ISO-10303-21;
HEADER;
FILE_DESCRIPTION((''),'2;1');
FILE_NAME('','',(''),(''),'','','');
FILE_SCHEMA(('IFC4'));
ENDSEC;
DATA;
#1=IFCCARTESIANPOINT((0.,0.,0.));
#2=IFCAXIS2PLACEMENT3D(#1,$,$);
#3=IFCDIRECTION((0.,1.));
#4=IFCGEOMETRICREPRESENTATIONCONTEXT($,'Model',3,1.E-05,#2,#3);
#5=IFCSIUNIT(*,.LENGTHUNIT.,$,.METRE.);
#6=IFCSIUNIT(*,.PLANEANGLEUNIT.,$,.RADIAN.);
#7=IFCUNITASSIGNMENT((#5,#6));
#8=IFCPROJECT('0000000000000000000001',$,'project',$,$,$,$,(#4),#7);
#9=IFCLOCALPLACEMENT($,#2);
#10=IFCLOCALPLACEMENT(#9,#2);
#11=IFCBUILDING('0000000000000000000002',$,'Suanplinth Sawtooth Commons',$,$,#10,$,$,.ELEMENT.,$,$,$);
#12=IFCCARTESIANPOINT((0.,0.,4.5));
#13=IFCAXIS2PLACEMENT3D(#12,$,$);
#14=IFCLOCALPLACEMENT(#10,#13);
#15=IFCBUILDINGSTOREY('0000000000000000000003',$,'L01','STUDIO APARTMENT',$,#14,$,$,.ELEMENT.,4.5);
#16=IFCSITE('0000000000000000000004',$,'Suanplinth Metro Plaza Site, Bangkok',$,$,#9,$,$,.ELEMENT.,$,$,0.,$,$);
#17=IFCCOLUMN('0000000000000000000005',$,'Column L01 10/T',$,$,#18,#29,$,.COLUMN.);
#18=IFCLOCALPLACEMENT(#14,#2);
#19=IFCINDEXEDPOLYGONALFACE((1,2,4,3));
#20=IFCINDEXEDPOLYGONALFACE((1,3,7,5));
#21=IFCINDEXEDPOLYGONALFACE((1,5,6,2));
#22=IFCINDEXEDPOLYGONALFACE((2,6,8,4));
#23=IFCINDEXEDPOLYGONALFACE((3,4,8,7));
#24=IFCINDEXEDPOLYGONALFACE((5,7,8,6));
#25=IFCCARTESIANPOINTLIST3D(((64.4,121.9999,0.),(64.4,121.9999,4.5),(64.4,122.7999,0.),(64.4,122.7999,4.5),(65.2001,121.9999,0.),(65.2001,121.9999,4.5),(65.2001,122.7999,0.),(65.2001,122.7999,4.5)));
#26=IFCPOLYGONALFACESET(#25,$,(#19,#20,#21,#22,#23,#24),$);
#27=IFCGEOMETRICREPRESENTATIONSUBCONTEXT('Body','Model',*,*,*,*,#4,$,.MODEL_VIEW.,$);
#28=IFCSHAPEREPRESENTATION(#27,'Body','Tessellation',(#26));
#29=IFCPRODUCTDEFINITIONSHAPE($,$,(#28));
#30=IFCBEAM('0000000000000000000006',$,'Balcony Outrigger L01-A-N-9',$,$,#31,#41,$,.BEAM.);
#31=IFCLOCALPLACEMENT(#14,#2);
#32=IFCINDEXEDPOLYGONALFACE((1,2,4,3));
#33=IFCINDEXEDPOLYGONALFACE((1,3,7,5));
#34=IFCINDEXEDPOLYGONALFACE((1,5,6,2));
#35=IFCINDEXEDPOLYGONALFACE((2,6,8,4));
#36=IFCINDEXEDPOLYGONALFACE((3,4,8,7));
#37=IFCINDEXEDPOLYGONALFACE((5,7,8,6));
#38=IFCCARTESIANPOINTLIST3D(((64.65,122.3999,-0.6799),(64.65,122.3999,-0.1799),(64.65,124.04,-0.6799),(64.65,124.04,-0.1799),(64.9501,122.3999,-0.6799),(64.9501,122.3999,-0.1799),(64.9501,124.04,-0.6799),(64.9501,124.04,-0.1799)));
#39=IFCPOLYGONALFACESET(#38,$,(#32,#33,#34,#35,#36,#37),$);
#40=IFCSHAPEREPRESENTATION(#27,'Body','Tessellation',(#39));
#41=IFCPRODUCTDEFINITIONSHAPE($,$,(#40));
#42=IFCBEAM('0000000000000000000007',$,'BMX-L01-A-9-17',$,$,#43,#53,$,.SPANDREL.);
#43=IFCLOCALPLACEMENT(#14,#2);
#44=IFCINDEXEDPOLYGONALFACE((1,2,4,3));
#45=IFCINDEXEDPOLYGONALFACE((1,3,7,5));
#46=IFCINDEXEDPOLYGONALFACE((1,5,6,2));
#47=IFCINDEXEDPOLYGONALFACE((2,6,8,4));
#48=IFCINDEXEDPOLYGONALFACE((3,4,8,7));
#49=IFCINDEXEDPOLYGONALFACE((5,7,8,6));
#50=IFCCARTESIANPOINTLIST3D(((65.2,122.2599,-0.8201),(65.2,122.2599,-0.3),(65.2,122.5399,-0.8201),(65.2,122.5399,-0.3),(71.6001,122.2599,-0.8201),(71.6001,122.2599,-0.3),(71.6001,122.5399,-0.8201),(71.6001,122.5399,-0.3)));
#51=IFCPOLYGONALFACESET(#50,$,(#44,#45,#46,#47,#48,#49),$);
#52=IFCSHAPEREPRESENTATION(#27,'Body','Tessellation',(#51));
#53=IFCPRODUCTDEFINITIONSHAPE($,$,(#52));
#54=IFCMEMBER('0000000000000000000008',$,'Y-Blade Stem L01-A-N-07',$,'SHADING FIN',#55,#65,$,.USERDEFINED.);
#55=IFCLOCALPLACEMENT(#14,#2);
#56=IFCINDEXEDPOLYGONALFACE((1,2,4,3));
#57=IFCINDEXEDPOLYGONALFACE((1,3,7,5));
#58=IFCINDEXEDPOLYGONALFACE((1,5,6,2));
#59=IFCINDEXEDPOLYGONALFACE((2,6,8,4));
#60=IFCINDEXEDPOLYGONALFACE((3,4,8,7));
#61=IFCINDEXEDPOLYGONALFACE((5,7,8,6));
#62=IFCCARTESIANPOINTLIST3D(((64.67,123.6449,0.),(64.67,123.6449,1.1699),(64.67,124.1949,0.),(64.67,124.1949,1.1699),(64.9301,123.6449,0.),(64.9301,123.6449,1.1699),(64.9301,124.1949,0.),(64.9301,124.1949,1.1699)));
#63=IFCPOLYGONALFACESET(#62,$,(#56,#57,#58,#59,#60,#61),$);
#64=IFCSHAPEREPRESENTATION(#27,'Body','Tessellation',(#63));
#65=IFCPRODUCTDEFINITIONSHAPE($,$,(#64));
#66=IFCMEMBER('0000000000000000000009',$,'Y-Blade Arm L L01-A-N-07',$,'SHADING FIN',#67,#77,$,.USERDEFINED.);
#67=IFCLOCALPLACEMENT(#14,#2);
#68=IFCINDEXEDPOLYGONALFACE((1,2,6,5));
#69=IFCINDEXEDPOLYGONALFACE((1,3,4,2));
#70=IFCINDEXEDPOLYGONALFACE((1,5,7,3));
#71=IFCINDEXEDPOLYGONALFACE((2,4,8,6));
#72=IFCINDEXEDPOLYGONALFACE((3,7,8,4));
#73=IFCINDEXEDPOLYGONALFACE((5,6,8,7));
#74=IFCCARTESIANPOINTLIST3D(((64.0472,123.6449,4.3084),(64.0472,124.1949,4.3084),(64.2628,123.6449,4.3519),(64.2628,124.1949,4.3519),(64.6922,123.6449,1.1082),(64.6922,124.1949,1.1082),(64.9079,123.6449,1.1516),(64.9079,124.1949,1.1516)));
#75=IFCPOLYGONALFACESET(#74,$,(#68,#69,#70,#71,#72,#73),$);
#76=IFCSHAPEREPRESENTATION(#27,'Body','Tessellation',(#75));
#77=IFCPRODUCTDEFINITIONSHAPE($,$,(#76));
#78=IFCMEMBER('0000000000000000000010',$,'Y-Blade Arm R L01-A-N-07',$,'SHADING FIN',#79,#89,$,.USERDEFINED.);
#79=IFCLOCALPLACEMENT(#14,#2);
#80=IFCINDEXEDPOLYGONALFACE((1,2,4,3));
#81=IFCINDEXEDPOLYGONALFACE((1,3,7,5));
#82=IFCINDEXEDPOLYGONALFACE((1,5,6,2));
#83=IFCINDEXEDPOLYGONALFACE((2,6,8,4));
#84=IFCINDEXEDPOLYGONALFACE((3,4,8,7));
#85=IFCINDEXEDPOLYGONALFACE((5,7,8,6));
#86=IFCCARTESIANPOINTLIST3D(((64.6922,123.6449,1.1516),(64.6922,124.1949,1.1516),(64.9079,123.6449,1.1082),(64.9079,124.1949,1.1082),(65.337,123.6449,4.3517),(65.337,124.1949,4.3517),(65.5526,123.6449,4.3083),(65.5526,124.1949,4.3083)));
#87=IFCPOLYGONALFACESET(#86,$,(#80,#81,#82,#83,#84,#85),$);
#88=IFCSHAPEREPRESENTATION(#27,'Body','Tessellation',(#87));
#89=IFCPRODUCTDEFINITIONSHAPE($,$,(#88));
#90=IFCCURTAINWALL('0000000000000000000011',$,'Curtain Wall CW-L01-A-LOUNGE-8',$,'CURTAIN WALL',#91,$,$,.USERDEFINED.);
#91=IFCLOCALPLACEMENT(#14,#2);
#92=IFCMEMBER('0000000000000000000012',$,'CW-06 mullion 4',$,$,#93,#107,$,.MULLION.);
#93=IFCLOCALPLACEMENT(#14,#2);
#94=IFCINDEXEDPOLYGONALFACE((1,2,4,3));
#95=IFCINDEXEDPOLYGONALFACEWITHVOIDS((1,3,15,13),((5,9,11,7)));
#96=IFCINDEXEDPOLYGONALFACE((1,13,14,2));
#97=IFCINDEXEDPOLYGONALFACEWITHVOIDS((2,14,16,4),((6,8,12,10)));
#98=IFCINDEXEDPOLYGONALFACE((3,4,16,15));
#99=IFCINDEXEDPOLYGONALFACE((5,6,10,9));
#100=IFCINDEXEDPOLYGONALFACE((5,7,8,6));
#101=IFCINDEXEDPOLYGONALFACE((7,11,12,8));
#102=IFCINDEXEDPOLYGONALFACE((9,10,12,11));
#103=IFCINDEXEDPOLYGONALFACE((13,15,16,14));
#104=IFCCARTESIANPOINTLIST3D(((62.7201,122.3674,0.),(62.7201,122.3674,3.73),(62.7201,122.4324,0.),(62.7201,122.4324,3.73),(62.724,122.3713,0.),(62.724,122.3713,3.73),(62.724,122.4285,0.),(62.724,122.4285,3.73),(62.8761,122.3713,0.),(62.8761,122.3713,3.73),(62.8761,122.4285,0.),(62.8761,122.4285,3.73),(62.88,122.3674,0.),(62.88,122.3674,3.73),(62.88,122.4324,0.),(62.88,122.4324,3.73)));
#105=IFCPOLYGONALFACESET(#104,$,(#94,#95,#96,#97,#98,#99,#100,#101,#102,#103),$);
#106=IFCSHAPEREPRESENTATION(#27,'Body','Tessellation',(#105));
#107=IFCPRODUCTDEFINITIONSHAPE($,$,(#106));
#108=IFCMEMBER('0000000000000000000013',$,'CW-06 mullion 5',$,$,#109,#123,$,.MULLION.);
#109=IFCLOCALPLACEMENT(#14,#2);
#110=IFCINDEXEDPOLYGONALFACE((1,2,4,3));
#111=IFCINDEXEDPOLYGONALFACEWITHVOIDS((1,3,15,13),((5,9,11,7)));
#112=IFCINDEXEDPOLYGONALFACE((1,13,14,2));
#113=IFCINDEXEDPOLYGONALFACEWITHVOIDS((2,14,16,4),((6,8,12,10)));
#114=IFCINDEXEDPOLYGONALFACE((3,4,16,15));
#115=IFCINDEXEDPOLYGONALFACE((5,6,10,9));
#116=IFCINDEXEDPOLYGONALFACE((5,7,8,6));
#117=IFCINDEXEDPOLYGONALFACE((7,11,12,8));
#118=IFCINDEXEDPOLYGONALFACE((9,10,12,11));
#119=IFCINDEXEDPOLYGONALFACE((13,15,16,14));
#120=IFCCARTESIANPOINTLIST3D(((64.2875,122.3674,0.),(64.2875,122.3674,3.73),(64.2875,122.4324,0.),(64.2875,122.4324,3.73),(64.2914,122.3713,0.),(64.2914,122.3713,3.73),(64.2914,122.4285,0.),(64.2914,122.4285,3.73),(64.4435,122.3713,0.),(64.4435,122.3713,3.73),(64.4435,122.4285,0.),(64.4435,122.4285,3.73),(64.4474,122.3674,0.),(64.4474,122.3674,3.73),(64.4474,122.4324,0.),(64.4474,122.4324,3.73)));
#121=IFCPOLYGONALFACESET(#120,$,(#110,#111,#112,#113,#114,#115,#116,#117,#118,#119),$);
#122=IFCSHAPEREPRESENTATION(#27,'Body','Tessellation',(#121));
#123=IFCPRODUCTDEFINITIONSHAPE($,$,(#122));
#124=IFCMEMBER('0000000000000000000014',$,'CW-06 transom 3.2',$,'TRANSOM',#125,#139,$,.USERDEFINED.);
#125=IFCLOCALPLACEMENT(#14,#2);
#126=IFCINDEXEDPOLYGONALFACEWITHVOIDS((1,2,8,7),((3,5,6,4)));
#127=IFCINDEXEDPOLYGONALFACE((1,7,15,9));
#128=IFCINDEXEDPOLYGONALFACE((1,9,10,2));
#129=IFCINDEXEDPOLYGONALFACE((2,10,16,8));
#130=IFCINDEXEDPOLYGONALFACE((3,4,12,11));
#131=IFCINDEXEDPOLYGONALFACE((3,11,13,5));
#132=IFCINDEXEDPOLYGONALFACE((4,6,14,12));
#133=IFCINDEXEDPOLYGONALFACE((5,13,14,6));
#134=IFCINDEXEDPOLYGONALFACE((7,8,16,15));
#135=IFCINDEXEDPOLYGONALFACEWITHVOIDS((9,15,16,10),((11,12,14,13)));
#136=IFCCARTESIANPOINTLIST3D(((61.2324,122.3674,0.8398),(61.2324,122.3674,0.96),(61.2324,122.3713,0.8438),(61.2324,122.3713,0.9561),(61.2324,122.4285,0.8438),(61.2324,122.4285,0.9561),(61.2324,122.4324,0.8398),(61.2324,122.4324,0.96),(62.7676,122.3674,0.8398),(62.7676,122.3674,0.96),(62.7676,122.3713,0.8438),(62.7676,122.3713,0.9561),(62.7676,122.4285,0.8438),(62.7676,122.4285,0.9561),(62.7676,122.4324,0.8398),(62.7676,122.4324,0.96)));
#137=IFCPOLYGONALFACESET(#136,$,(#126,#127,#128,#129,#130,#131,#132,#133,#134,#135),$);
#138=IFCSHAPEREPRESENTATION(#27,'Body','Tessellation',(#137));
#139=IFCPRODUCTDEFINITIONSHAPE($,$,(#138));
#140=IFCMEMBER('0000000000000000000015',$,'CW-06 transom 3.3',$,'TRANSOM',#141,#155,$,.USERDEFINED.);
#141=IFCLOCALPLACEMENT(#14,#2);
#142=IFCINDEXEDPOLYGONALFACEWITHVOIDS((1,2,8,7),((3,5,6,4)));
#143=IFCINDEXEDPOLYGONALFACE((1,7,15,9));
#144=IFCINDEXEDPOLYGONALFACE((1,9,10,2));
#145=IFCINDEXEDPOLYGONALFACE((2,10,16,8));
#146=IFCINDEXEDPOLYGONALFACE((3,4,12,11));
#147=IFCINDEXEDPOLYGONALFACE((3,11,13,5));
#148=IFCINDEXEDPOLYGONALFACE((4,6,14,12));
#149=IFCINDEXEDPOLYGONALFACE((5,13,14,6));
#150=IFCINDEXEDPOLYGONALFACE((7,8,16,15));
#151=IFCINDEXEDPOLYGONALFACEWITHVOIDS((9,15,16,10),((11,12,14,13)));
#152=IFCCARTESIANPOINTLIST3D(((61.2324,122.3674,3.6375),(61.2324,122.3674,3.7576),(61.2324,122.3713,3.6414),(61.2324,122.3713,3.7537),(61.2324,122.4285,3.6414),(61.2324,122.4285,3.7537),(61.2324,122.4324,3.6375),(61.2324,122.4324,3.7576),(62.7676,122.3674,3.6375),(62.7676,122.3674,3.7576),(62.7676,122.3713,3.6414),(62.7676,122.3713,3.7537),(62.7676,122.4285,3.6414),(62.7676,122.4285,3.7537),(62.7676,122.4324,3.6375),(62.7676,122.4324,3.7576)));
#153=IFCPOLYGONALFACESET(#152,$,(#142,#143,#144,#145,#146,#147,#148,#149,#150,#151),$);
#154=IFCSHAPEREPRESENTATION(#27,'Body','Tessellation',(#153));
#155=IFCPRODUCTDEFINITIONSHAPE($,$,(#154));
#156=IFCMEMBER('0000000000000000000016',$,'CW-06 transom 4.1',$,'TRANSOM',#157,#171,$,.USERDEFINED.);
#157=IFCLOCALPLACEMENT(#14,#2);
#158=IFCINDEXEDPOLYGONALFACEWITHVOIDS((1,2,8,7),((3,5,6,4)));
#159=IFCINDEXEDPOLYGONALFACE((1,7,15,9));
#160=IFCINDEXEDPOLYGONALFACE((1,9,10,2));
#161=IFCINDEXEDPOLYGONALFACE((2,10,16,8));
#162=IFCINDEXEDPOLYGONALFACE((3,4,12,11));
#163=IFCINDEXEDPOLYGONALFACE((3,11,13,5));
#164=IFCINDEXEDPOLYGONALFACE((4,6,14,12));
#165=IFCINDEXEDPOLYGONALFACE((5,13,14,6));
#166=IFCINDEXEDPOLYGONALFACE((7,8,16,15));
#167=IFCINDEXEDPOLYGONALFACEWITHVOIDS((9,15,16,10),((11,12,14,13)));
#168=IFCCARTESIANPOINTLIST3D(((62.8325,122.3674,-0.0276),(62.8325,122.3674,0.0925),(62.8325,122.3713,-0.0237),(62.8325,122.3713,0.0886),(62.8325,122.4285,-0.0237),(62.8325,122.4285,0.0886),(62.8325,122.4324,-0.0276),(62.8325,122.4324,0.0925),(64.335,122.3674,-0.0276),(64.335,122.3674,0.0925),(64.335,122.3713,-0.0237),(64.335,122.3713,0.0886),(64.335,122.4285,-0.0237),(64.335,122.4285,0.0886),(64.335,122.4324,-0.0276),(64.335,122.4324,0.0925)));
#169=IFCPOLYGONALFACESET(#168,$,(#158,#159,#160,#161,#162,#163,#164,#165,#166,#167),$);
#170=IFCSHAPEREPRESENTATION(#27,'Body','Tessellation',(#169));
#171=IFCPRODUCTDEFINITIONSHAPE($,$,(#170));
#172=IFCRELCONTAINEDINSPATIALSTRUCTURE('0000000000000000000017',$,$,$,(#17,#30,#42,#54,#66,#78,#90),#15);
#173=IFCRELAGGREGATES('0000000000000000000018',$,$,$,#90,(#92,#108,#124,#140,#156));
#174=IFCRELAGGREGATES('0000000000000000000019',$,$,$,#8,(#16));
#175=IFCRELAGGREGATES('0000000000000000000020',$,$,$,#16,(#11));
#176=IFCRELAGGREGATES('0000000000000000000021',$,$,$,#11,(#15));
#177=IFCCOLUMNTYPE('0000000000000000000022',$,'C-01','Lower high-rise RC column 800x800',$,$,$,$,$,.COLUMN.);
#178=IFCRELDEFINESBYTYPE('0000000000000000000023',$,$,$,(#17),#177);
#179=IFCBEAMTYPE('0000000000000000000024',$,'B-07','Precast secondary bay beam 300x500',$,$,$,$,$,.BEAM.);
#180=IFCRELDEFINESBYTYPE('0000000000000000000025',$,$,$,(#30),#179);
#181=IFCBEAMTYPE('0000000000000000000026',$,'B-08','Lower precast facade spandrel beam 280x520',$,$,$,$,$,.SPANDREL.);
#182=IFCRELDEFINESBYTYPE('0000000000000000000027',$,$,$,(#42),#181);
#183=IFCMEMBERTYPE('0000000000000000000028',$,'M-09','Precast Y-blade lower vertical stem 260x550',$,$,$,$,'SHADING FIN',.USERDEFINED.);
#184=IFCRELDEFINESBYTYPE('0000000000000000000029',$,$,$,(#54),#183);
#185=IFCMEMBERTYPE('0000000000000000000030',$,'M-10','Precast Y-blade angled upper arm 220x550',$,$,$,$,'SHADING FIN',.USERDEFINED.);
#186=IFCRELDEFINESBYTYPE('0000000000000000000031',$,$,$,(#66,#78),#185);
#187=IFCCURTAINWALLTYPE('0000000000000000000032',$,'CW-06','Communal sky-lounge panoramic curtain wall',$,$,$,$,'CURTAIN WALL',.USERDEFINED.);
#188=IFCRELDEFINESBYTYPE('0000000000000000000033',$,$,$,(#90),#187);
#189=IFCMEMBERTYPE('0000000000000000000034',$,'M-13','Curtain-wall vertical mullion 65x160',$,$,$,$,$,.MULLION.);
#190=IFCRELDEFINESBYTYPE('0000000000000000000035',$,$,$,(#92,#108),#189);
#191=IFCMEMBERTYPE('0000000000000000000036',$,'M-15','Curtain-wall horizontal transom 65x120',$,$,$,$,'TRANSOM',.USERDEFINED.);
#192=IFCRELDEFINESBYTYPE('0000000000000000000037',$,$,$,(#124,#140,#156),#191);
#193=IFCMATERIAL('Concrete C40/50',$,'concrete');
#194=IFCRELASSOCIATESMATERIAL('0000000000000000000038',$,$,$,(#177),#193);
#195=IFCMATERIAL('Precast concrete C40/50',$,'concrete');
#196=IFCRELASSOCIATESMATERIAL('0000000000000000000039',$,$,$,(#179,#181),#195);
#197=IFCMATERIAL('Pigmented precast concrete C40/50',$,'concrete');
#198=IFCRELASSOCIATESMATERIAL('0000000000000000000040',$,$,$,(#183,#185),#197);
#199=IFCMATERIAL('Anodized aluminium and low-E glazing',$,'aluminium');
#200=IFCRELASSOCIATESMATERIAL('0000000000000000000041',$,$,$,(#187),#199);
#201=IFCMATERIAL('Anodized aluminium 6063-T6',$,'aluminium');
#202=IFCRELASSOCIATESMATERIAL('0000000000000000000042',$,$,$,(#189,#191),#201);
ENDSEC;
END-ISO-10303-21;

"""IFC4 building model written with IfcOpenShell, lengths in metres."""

from ifc_helpers import new_model, si_unit, direction, frame, origin, origin_2d, place, context, subcontext, project, spatial, rectangle, hollow_rectangle, extrude, material, material_profile, profile_set, type_object, element, aggregate, save


model = new_model("IFC4")

# Units and contexts
model_context = context("Model", 3, precision=1e-05, world=origin(), true_north=direction((0.0, 1.0)))
body_context = subcontext(model_context, "Body", "Model", "MODEL_VIEW")
ifc_project = project(units=[si_unit("LENGTHUNIT", "METRE"), si_unit("PLANEANGLEUNIT", "RADIAN")], contexts=[model_context])

# Site, building, storey
site_placement = place(None, origin())
site = spatial("IfcSite", under=ifc_project, at=site_placement, Name="Suanplinth Metro Plaza Site, Bangkok", CompositionType="ELEMENT", RefElevation=0.0)
building_placement = place(site_placement, origin())
building = spatial("IfcBuilding", under=site, at=building_placement, Name="Suanplinth Sawtooth Commons", CompositionType="ELEMENT")
storey_placement = place(building_placement, frame((0.0, 0.0, 4.5)))
storey = spatial("IfcBuildingStorey", under=building, at=storey_placement, Name="L01", Description="STUDIO APARTMENT", CompositionType="ELEMENT", Elevation=4.5)

# Column
ifc_material_1 = material(Name="Concrete C40/50", Category="concrete")
ifc_material_profile_1 = material_profile(ifc_material_1, rectangle(XDim=0.8, YDim=0.8, at=origin_2d()), Name="RC-COL 800x800")
ifc_profile_set_1 = profile_set([ifc_material_profile_1], Name="Concrete C40/50")
column_type = type_object("IfcColumnType", Name="C-01", Description="Lower high-rise RC column 800x800", PredefinedType="COLUMN", material=ifc_profile_set_1)
column_placement = place(storey_placement, frame((64.8, 122.3999, 0.0), z_axis=(0.0, 0.0, 1.0), x_axis=(1.0, 0.0, 0.0)))
element("IfcColumn", 1, at=column_placement, inside=storey, type_object=column_type, Name="Column L01 10/T", PredefinedType="COLUMN", context=body_context, shape_type="SweptSolid", body=[
    extrude(rectangle(XDim=0.8, YDim=0.8, at=origin_2d()), origin(), (0.0, 0.0, 1.0), 4.5),
])

# Beams
ifc_material_2 = material(Name="Precast concrete C40/50", Category="concrete")
ifc_material_profile_2 = material_profile(ifc_material_2, rectangle(XDim=0.3, YDim=0.5, at=origin_2d()), Name="PC-BM 300x500")
ifc_profile_set_2 = profile_set([ifc_material_profile_2], Name="Precast concrete C40/50")
beam_type_1 = type_object("IfcBeamType", Name="B-07", Description="Precast secondary bay beam 300x500", PredefinedType="BEAM", material=ifc_profile_set_2)
beam_1_placement = place(storey_placement, frame((64.8, 122.3999, -0.4299), z_axis=(0.0, 1.0, 0.0), x_axis=(-1.0, 0.0, 0.0)))
element("IfcBeam", 2, at=beam_1_placement, inside=storey, type_object=beam_type_1, Name="Balcony Outrigger L01-A-N-9", PredefinedType="BEAM", context=body_context, shape_type="SweptSolid", body=[
    extrude(rectangle(XDim=0.3, YDim=0.5, at=origin_2d()), origin(), (0.0, 0.0, 1.0), 1.6401),
])
ifc_material_profile_3 = material_profile(ifc_material_2, rectangle(XDim=0.28, YDim=0.52, at=origin_2d()), Name="PC-SP 280x520")
ifc_profile_set_3 = profile_set([ifc_material_profile_3], Name="Precast concrete C40/50")
beam_type_2 = type_object("IfcBeamType", Name="B-08", Description="Lower precast facade spandrel beam 280x520", PredefinedType="SPANDREL", material=ifc_profile_set_3)
beam_2_placement = place(storey_placement, frame((65.2, 122.3999, -0.5601), z_axis=(1.0, 0.0, 0.0), x_axis=(0.0, 1.0, 0.0)))
element("IfcBeam", 3, at=beam_2_placement, inside=storey, type_object=beam_type_2, Name="BMX-L01-A-9-17", PredefinedType="SPANDREL", context=body_context, shape_type="SweptSolid", body=[
    extrude(rectangle(XDim=0.28, YDim=0.52, at=origin_2d()), origin(), (0.0, 0.0, 1.0), 6.4001),
])

# Members
ifc_material_3 = material(Name="Pigmented precast concrete C40/50", Category="concrete")
ifc_material_profile_4 = material_profile(ifc_material_3, rectangle(XDim=0.26, YDim=0.55, at=origin_2d()), Name="PC-FIN 260x550")
ifc_profile_set_4 = profile_set([ifc_material_profile_4], Name="Pigmented precast concrete C40/50")
member_type_1 = type_object("IfcMemberType", Name="M-09", Description="Precast Y-blade lower vertical stem 260x550", ElementType="SHADING FIN", PredefinedType="USERDEFINED", material=ifc_profile_set_4)
member_1_placement = place(storey_placement, frame((64.8, 123.9199, 0.0), z_axis=(0.0, 0.0, 1.0), x_axis=(1.0, 0.0, 0.0)))
element("IfcMember", 4, at=member_1_placement, inside=storey, type_object=member_type_1, Name="Y-Blade Stem L01-A-N-07", ObjectType="SHADING FIN", PredefinedType="USERDEFINED", context=body_context, shape_type="SweptSolid", body=[
    extrude(rectangle(XDim=0.26, YDim=0.55, at=origin_2d()), origin(), (0.0, 0.0, 1.0), 1.1699),
])
ifc_material_profile_5 = material_profile(ifc_material_3, rectangle(XDim=0.22, YDim=0.55, at=origin_2d()), Name="PC-FIN 220x550")
ifc_profile_set_5 = profile_set([ifc_material_profile_5], Name="Pigmented precast concrete C40/50")
member_type_2 = type_object("IfcMemberType", Name="M-10", Description="Precast Y-blade angled upper arm 220x550", ElementType="SHADING FIN", PredefinedType="USERDEFINED", material=ifc_profile_set_5)
member_2_placement = place(storey_placement, frame((64.8, 123.9199, 1.1299), z_axis=(-0.197583, 0.0, 0.980286), x_axis=(0.980286, 0.0, 0.197583)))
element("IfcMember", 5, at=member_2_placement, inside=storey, type_object=member_type_2, Name="Y-Blade Arm L L01-A-N-07", ObjectType="SHADING FIN", PredefinedType="USERDEFINED", context=body_context, shape_type="SweptSolid", body=[
    extrude(rectangle(XDim=0.22, YDim=0.55, at=origin_2d()), origin(), (0.0, 0.0, 1.0), 3.2646),
])
member_3_placement = place(storey_placement, frame((64.8, 123.9199, 1.1299), z_axis=(0.197511, 0.0, 0.980301), x_axis=(-0.980301, 0.0, 0.197511)))
element("IfcMember", 6, at=member_3_placement, inside=storey, type_object=member_type_2, Name="Y-Blade Arm R L01-A-N-07", ObjectType="SHADING FIN", PredefinedType="USERDEFINED", context=body_context, shape_type="SweptSolid", body=[
    extrude(rectangle(XDim=0.22, YDim=0.55, at=origin_2d()), origin(), (0.0, 0.0, 1.0), 3.2644),
])

# Curtain wall, members
ifc_material_4 = material(Name="Anodized aluminium and low-E glazing", Category="aluminium")
curtain_wall_type = type_object("IfcCurtainWallType", Name="CW-06", Description="Communal sky-lounge panoramic curtain wall", ElementType="CURTAIN WALL", PredefinedType="USERDEFINED", material=ifc_material_4)
curtain_wall_placement = place(storey_placement, origin())
curtain_wall = element("IfcCurtainWall", 7, at=curtain_wall_placement, inside=storey, type_object=curtain_wall_type, Name="Curtain Wall CW-L01-A-LOUNGE-8", ObjectType="CURTAIN WALL", PredefinedType="USERDEFINED")
ifc_material_5 = material(Name="Anodized aluminium 6063-T6", Category="aluminium")
ifc_material_profile_6 = material_profile(ifc_material_5, hollow_rectangle(XDim=0.0649, YDim=0.1599, WallThickness=0.0039, at=origin_2d()), Name="ALU-MUL 65x160")
ifc_profile_set_6 = profile_set([ifc_material_profile_6], Name="Anodized aluminium 6063-T6")
member_type_3 = type_object("IfcMemberType", Name="M-13", Description="Curtain-wall vertical mullion 65x160", PredefinedType="MULLION", material=ifc_profile_set_6)
member_4_placement = place(storey_placement, frame((62.8, 122.3999, 0.0), z_axis=(0.0, 0.0, 1.0), x_axis=(0.0, 1.0, 0.0)))
member_4 = element("IfcMember", 8, at=member_4_placement, type_object=member_type_3, Name="CW-06 mullion 4", PredefinedType="MULLION", context=body_context, shape_type="SweptSolid", body=[
    extrude(hollow_rectangle(XDim=0.0649, YDim=0.1599, WallThickness=0.0039, at=origin_2d()), origin(), (0.0, 0.0, 1.0), 3.73),
])
member_5_placement = place(storey_placement, frame((64.3674, 122.3999, 0.0), z_axis=(0.0, 0.0, 1.0), x_axis=(0.0, 1.0, 0.0)))
member_5 = element("IfcMember", 9, at=member_5_placement, type_object=member_type_3, Name="CW-06 mullion 5", PredefinedType="MULLION", context=body_context, shape_type="SweptSolid", body=[
    extrude(hollow_rectangle(XDim=0.0649, YDim=0.1599, WallThickness=0.0039, at=origin_2d()), origin(), (0.0, 0.0, 1.0), 3.73),
])
ifc_material_profile_7 = material_profile(ifc_material_5, hollow_rectangle(XDim=0.0649, YDim=0.1201, WallThickness=0.0039, at=origin_2d()), Name="ALU-TRN 65x120")
ifc_profile_set_7 = profile_set([ifc_material_profile_7], Name="Anodized aluminium 6063-T6")
member_type_4 = type_object("IfcMemberType", Name="M-15", Description="Curtain-wall horizontal transom 65x120", ElementType="TRANSOM", PredefinedType="USERDEFINED", material=ifc_profile_set_7)
member_6_placement = place(storey_placement, frame((61.2324, 122.3999, 0.8999), z_axis=(1.0, 0.0, 0.0), x_axis=(0.0, 1.0, 0.0)))
member_6 = element("IfcMember", 10, at=member_6_placement, type_object=member_type_4, Name="CW-06 transom 3.2", ObjectType="TRANSOM", PredefinedType="USERDEFINED", context=body_context, shape_type="SweptSolid", body=[
    extrude(hollow_rectangle(XDim=0.0649, YDim=0.1201, WallThickness=0.0039, at=origin_2d()), origin(), (0.0, 0.0, 1.0), 1.5352),
])
member_7_placement = place(storey_placement, frame((61.2324, 122.3999, 3.6975), z_axis=(1.0, 0.0, 0.0), x_axis=(0.0, 1.0, 0.0)))
member_7 = element("IfcMember", 11, at=member_7_placement, type_object=member_type_4, Name="CW-06 transom 3.3", ObjectType="TRANSOM", PredefinedType="USERDEFINED", context=body_context, shape_type="SweptSolid", body=[
    extrude(hollow_rectangle(XDim=0.0649, YDim=0.1201, WallThickness=0.0039, at=origin_2d()), origin(), (0.0, 0.0, 1.0), 1.5352),
])
member_8_placement = place(storey_placement, frame((62.8325, 122.3999, 0.0325), z_axis=(1.0, 0.0, 0.0), x_axis=(0.0, 1.0, 0.0)))
member_8 = element("IfcMember", 12, at=member_8_placement, type_object=member_type_4, Name="CW-06 transom 4.1", ObjectType="TRANSOM", PredefinedType="USERDEFINED", context=body_context, shape_type="SweptSolid", body=[
    extrude(hollow_rectangle(XDim=0.0649, YDim=0.1201, WallThickness=0.0039, at=origin_2d()), origin(), (0.0, 0.0, 1.0), 1.5024),
])

aggregate(curtain_wall, [member_4, member_5, member_6, member_7, member_8])

save(model, "model.ifc")
